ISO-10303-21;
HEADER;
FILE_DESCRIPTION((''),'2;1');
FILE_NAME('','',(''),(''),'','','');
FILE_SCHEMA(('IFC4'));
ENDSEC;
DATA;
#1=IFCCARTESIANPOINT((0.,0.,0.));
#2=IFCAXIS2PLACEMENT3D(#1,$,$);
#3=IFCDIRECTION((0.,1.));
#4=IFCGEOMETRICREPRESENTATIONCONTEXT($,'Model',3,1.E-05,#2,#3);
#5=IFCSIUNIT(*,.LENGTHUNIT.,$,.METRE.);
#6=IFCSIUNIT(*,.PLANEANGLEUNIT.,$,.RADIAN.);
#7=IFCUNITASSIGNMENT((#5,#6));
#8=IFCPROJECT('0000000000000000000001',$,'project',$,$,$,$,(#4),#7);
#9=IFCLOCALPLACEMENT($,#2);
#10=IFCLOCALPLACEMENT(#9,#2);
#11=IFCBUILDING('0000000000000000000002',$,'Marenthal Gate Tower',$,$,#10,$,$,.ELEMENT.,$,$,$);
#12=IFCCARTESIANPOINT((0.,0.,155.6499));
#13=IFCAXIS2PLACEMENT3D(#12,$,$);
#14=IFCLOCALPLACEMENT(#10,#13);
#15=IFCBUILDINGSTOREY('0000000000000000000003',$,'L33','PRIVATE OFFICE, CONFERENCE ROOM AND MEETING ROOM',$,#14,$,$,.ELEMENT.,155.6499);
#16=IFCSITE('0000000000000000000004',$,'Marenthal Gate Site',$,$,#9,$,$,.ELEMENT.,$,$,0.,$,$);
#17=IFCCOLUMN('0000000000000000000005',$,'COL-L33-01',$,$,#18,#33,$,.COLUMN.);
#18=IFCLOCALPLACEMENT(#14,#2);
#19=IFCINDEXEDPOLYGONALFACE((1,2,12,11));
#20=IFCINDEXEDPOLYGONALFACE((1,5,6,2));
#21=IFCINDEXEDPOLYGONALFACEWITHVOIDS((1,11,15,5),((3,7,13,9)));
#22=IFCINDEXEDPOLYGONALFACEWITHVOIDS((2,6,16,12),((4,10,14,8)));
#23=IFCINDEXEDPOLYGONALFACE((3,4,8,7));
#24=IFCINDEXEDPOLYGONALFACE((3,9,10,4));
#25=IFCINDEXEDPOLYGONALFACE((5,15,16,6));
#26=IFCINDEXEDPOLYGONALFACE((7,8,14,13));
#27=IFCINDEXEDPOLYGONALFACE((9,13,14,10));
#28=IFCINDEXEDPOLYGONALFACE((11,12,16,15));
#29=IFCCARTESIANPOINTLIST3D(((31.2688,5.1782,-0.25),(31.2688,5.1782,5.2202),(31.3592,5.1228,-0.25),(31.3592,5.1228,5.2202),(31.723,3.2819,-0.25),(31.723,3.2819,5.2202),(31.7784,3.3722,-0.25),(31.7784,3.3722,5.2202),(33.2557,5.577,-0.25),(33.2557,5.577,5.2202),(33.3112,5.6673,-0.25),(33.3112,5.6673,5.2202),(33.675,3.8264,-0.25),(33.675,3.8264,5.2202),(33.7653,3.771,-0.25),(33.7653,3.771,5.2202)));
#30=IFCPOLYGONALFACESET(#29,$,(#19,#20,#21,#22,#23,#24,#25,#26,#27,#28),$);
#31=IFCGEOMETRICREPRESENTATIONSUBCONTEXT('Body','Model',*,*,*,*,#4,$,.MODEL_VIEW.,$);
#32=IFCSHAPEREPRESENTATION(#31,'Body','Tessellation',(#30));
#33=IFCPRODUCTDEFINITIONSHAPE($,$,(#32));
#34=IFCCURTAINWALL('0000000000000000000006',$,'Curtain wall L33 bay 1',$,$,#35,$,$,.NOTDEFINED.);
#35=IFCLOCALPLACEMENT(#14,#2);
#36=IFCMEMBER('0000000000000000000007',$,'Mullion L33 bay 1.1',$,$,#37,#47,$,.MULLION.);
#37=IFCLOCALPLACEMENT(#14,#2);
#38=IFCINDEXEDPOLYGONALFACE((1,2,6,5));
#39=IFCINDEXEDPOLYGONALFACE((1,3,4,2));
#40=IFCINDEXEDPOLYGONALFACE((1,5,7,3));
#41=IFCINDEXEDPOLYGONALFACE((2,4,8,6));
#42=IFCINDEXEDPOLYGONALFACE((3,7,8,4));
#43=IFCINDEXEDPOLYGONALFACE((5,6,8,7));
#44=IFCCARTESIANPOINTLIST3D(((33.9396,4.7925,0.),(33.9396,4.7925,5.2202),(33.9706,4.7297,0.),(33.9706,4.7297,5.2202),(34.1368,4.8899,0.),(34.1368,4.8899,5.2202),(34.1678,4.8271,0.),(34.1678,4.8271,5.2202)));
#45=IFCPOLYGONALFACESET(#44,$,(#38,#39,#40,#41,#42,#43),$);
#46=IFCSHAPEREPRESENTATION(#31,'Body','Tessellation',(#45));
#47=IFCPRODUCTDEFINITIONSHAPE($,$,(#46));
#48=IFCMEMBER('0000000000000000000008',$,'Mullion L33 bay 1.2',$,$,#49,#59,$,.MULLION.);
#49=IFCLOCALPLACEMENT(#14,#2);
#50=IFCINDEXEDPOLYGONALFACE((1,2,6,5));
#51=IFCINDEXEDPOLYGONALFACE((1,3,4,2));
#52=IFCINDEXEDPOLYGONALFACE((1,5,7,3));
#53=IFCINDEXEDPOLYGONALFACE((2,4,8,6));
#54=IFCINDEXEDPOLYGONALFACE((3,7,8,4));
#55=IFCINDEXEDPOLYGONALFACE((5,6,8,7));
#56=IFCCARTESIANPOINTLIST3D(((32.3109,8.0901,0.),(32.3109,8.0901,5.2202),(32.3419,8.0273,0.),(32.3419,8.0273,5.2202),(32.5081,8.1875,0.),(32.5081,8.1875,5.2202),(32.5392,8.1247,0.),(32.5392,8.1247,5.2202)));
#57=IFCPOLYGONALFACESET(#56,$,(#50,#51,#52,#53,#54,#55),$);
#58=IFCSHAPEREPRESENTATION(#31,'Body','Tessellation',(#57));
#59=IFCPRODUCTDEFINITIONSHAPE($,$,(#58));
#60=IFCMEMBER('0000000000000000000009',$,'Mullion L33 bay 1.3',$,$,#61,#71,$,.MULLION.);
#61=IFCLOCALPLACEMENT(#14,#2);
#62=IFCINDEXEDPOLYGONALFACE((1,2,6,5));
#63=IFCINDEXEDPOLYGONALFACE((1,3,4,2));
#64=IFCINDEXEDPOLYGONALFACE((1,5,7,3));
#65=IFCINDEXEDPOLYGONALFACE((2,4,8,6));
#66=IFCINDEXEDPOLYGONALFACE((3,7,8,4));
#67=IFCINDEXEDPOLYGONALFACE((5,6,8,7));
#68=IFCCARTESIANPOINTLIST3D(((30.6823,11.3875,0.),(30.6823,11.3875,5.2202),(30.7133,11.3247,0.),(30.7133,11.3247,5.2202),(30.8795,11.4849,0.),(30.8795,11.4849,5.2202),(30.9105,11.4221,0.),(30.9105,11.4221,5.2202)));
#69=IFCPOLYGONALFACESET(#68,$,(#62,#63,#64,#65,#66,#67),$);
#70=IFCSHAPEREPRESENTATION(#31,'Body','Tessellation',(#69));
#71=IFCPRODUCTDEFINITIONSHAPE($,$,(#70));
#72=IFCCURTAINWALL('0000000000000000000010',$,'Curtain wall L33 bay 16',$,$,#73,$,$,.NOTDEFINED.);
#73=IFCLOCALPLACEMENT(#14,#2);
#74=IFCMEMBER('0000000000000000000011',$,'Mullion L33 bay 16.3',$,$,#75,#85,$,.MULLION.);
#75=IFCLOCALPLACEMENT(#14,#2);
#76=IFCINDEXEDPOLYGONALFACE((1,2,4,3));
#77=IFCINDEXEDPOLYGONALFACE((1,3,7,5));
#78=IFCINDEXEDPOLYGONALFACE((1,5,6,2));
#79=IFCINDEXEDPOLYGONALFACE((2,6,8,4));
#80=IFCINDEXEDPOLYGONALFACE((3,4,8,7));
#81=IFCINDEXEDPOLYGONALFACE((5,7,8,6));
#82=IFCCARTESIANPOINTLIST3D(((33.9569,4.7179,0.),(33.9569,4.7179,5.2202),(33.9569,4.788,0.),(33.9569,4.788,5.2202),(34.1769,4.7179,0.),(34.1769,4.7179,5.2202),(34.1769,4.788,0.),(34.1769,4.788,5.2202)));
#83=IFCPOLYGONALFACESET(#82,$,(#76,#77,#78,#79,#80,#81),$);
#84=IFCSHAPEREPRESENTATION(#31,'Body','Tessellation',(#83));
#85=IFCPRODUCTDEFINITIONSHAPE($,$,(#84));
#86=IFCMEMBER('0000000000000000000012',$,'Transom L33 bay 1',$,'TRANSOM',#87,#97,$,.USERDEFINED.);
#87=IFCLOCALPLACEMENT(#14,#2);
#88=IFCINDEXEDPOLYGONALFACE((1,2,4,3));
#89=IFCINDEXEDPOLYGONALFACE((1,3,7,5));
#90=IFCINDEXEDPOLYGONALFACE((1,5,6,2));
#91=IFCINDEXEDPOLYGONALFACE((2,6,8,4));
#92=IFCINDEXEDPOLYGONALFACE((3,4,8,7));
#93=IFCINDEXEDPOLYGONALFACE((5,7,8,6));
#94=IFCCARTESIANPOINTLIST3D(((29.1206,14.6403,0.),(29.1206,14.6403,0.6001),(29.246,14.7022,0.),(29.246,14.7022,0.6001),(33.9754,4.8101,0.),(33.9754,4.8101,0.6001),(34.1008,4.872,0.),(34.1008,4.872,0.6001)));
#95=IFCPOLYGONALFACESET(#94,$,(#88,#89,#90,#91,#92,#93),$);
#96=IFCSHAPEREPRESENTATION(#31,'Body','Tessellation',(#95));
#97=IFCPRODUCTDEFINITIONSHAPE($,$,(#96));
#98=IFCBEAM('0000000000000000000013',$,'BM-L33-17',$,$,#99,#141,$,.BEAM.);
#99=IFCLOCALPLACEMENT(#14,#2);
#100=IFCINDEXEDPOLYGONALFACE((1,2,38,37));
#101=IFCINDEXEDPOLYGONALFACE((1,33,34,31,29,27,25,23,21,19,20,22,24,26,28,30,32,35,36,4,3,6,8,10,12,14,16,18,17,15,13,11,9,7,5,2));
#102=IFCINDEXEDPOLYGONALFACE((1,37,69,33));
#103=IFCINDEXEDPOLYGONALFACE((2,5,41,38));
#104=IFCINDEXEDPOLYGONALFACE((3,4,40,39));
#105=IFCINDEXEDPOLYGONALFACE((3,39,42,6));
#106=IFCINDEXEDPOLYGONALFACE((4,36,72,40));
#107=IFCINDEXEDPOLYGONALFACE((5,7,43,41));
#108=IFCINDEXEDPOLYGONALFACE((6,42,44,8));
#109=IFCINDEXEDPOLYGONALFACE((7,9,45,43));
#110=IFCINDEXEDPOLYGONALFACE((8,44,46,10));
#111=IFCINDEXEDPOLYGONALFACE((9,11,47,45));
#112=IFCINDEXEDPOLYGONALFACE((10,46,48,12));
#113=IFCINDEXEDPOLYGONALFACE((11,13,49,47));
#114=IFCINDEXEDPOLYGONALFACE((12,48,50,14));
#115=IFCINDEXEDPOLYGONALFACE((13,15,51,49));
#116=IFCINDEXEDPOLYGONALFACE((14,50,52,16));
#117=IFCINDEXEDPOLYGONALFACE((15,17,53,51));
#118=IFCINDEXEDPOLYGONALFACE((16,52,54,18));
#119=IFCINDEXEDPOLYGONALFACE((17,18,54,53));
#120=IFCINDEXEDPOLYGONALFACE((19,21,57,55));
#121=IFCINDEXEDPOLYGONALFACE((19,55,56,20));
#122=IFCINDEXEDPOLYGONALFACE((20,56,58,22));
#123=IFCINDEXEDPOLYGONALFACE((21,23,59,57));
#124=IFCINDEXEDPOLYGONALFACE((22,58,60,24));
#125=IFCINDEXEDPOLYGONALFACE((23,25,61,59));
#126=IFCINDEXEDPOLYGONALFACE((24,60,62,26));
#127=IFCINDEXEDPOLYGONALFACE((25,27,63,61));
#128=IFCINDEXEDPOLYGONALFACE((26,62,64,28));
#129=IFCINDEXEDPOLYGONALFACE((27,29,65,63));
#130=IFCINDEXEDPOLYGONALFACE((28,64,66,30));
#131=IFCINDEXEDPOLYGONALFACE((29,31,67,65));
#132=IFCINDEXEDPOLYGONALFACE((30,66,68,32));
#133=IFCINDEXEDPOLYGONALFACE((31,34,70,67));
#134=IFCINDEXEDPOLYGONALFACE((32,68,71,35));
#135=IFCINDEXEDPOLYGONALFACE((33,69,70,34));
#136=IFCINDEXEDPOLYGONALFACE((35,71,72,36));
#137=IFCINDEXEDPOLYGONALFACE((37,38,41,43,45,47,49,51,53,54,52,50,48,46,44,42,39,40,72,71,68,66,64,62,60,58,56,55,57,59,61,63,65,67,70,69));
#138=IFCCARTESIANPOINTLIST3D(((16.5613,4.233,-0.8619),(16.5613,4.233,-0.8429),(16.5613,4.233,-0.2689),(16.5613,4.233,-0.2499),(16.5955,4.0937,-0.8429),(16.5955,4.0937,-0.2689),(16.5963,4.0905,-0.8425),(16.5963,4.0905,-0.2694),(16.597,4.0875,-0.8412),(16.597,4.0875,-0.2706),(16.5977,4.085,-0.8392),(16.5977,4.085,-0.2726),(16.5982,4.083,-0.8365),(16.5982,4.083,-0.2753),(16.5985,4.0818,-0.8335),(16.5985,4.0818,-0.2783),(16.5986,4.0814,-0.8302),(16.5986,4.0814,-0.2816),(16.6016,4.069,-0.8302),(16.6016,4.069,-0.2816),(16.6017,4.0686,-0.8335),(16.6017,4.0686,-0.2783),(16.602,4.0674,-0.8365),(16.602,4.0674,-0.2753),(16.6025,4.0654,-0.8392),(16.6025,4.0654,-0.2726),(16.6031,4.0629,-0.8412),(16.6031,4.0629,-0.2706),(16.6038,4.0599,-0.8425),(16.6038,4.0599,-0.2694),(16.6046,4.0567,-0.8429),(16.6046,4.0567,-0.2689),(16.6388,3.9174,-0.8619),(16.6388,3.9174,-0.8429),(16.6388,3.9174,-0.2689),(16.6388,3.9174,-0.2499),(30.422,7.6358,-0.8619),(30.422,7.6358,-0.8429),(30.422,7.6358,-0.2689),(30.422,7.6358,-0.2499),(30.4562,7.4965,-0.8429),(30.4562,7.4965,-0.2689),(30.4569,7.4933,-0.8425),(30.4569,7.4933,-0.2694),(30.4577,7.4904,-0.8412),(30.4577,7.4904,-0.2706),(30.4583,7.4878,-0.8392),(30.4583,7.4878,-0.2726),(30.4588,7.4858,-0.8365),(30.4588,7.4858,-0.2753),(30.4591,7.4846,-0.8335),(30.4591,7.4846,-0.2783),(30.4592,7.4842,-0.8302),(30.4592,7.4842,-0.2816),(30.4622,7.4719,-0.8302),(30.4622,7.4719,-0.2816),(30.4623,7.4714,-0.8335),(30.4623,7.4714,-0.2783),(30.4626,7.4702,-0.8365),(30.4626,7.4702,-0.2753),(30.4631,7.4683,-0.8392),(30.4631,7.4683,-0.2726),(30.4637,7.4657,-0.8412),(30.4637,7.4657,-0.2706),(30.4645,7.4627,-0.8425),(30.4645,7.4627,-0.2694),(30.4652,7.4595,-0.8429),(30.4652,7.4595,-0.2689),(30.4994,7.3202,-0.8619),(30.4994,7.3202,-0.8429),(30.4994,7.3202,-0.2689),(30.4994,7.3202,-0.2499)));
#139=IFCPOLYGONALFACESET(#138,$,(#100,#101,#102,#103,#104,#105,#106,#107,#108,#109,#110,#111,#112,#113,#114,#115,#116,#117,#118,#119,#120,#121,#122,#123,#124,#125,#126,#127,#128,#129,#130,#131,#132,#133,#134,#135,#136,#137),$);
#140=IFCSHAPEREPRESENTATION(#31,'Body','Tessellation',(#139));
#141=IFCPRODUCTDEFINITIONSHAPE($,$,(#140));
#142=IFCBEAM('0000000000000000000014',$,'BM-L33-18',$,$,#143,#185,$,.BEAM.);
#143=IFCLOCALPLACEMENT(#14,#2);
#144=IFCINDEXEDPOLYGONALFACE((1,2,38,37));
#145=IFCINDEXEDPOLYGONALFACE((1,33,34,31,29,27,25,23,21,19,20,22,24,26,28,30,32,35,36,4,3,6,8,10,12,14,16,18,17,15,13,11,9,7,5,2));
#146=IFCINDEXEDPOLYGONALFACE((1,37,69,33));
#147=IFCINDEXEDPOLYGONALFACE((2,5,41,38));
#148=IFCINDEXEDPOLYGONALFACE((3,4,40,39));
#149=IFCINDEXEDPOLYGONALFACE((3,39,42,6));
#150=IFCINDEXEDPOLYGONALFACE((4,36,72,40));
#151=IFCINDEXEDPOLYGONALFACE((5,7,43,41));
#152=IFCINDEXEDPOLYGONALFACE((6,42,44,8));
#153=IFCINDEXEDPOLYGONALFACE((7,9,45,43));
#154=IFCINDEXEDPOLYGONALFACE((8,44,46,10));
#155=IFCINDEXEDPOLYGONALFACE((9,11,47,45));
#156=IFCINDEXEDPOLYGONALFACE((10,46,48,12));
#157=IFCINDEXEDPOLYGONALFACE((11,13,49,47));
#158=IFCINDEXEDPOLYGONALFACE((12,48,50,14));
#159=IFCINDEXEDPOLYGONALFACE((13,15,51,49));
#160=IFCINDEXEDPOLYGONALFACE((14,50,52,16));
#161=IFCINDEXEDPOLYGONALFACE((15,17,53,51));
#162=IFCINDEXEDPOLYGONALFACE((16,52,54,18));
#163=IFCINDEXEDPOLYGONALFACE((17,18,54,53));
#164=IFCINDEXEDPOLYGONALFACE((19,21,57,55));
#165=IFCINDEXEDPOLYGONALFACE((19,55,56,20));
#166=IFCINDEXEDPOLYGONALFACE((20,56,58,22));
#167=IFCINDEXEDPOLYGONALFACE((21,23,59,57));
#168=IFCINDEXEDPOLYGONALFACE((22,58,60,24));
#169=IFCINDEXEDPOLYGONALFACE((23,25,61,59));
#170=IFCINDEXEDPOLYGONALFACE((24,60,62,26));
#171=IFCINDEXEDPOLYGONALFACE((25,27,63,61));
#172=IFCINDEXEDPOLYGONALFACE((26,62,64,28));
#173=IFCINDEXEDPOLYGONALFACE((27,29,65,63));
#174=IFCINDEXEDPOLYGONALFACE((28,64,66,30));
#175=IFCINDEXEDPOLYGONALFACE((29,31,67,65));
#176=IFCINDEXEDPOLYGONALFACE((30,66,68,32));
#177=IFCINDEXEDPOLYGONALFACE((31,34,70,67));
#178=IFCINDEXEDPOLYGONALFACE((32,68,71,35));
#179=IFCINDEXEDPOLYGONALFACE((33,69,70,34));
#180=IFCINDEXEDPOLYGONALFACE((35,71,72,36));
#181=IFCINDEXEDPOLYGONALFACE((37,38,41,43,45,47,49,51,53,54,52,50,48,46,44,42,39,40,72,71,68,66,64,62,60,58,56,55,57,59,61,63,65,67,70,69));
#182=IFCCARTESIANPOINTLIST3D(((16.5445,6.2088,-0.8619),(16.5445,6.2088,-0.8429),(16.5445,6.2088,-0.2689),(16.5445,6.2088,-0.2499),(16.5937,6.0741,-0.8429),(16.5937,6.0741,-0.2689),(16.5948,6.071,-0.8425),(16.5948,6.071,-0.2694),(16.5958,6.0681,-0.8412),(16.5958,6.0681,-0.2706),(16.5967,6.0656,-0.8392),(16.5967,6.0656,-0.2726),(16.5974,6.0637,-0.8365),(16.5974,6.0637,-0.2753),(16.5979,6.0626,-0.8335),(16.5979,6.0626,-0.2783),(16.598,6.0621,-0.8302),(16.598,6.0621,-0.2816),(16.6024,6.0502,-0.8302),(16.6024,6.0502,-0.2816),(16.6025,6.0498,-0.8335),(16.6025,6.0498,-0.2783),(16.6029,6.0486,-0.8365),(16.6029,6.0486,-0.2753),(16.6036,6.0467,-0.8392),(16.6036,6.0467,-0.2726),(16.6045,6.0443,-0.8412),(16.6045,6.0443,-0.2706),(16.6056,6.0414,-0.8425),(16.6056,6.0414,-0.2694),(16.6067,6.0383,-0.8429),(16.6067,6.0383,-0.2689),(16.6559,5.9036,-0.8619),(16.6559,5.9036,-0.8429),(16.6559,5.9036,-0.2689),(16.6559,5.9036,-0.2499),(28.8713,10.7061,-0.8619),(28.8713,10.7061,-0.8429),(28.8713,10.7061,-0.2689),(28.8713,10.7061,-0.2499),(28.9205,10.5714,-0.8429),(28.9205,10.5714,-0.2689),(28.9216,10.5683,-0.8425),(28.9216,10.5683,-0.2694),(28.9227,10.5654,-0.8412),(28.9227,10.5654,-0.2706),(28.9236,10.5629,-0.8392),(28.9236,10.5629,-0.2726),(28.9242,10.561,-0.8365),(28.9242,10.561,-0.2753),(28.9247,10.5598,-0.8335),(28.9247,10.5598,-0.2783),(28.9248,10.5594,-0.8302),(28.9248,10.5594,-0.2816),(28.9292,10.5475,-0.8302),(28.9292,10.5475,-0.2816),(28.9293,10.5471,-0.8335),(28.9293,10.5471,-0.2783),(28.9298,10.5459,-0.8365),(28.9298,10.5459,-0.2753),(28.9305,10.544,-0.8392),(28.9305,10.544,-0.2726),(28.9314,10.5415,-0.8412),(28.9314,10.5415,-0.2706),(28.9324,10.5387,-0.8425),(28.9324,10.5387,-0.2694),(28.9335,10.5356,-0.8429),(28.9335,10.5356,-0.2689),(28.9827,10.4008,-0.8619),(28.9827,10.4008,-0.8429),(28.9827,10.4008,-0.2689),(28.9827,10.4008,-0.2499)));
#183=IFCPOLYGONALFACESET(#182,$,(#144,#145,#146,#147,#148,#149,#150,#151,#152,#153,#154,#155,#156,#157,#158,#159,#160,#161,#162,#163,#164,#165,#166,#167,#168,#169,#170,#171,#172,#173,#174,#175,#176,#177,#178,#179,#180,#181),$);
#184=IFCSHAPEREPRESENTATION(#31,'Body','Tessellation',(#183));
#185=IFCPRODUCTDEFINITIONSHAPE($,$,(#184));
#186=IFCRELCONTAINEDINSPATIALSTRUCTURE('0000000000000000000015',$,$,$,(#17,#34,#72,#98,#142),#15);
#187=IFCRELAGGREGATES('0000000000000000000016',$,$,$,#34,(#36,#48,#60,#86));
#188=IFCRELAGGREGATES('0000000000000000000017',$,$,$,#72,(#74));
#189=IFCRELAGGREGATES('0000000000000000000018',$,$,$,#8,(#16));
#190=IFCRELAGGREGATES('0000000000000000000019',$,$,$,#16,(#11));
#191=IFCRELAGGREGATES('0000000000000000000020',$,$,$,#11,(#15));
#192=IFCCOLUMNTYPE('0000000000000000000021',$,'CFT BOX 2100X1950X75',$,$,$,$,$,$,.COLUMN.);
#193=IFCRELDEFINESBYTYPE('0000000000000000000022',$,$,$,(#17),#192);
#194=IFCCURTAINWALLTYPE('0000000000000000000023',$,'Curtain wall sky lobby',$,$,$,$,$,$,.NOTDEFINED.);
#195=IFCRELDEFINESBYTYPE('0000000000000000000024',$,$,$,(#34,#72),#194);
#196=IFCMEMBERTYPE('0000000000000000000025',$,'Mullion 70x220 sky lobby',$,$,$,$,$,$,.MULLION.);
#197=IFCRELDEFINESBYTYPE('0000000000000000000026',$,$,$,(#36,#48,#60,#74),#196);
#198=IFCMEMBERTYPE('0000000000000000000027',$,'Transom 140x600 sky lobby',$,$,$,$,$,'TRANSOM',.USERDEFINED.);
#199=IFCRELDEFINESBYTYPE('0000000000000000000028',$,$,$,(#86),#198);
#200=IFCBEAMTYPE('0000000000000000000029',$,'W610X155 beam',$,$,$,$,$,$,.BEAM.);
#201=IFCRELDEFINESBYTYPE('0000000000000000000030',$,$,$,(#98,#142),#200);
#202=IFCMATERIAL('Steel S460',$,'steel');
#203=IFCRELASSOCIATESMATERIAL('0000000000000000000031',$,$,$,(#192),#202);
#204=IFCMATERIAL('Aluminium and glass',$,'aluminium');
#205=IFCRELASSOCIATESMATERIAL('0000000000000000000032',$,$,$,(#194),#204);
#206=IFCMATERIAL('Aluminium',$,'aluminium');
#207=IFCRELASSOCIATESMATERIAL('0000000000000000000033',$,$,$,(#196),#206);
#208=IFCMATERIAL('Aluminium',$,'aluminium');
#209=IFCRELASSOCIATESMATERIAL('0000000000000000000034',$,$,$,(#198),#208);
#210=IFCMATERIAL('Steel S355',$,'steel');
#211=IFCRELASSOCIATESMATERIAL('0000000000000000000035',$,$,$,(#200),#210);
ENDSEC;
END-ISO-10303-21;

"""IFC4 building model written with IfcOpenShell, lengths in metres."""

from ifc_helpers import new_model, si_unit, direction, frame, origin, origin_2d, place, context, subcontext, project, spatial, rectangle, hollow_rectangle, i_section, extrude, material, material_profile, profile_set, type_object, element, aggregate, save


model = new_model("IFC4")

# Units and contexts
model_context = context("Model", 3, precision=1e-05, world=origin(), true_north=direction((0.0, 1.0)))
body_context = subcontext(model_context, "Body", "Model", "MODEL_VIEW")
ifc_project = project(units=[si_unit("LENGTHUNIT", "METRE"), si_unit("PLANEANGLEUNIT", "RADIAN")], contexts=[model_context])

# Site, building, storey
site_placement = place(None, origin())
site = spatial("IfcSite", under=ifc_project, at=site_placement, Name="Marenthal Gate Site", CompositionType="ELEMENT", RefElevation=0.0)
building_placement = place(site_placement, origin())
building = spatial("IfcBuilding", under=site, at=building_placement, Name="Marenthal Gate Tower", CompositionType="ELEMENT")
storey_placement = place(building_placement, frame((0.0, 0.0, 155.6499)))
storey = spatial("IfcBuildingStorey", under=building, at=storey_placement, Name="L33", Description="PRIVATE OFFICE, CONFERENCE ROOM AND MEETING ROOM", CompositionType="ELEMENT", Elevation=155.6499)

# Column
ifc_material_1 = material(Name="Steel S460", Category="steel")
ifc_material_profile_1 = material_profile(ifc_material_1, hollow_rectangle(XDim=1.95, YDim=2.1001, WallThickness=0.075, at=origin_2d()), Name="CFT BOX 2100X1950X75")
ifc_material_2 = material(Name="Concrete 70 MPa", Category="concrete")
ifc_material_profile_2 = material_profile(ifc_material_2, rectangle(XDim=1.8, YDim=1.95, at=origin_2d()), Name="CFT BOX 2100X1950X75 INFILL")
ifc_profile_set_1 = profile_set([ifc_material_profile_1, ifc_material_profile_2], Name="Steel S460 shell, Concrete 70 MPa infill")
column_type = type_object("IfcColumnType", Name="CFT BOX 2100X1950X75", PredefinedType="COLUMN", material=ifc_profile_set_1)
column_placement = place(storey_placement, frame((32.5171, 4.4746, -0.25), z_axis=(0.0, 0.0, 1.0), x_axis=(0.232909, -0.972499, 0.0)))
element("IfcColumn", 1, at=column_placement, inside=storey, type_object=column_type, Name="COL-L33-01", PredefinedType="COLUMN", context=body_context, shape_type="SweptSolid", body=[
    extrude(hollow_rectangle(XDim=1.95, YDim=2.1001, WallThickness=0.075, at=origin_2d()), origin(), (0.0, 0.0, 1.0), 5.4702),
])

# Curtain wall, members
ifc_material_3 = material(Name="Aluminium and glass", Category="aluminium")
curtain_wall_type = type_object("IfcCurtainWallType", Name="Curtain wall sky lobby", PredefinedType="NOTDEFINED", material=ifc_material_3)
curtain_wall_1_placement = place(storey_placement, origin())
curtain_wall_1 = element("IfcCurtainWall", 2, at=curtain_wall_1_placement, inside=storey, type_object=curtain_wall_type, Name="Curtain wall L33 bay 1", PredefinedType="NOTDEFINED")
ifc_material_4 = material(Name="Aluminium", Category="aluminium")
ifc_material_profile_3 = material_profile(ifc_material_4, rectangle(XDim=0.22, YDim=0.0701, at=origin_2d()), Name="70x220 aluminium mullion")
ifc_profile_set_2 = profile_set([ifc_material_profile_3], Name="Aluminium")
member_type_1 = type_object("IfcMemberType", Name="Mullion 70x220 sky lobby", PredefinedType="MULLION", material=ifc_profile_set_2)
member_1_placement = place(storey_placement, frame((34.0537, 4.8098, 0.0), z_axis=(0.0, 0.0, 1.0), x_axis=(-0.896609, -0.442824, 0.0)))
member_1 = element("IfcMember", 3, at=member_1_placement, type_object=member_type_1, Name="Mullion L33 bay 1.1", PredefinedType="MULLION", context=body_context, shape_type="SweptSolid", body=[
    extrude(rectangle(XDim=0.22, YDim=0.0701, at=origin_2d()), origin(), (0.0, 0.0, 1.0), 5.2202),
])
member_2_placement = place(storey_placement, frame((32.425, 8.1074, 0.0), z_axis=(0.0, 0.0, 1.0), x_axis=(-0.896609, -0.442824, 0.0)))
member_2 = element("IfcMember", 4, at=member_2_placement, type_object=member_type_1, Name="Mullion L33 bay 1.2", PredefinedType="MULLION", context=body_context, shape_type="SweptSolid", body=[
    extrude(rectangle(XDim=0.22, YDim=0.0701, at=origin_2d()), origin(), (0.0, 0.0, 1.0), 5.2202),
])
member_3_placement = place(storey_placement, frame((30.7964, 11.4048, 0.0), z_axis=(0.0, 0.0, 1.0), x_axis=(-0.896609, -0.442824, 0.0)))
member_3 = element("IfcMember", 5, at=member_3_placement, type_object=member_type_1, Name="Mullion L33 bay 1.3", PredefinedType="MULLION", context=body_context, shape_type="SweptSolid", body=[
    extrude(rectangle(XDim=0.22, YDim=0.0701, at=origin_2d()), origin(), (0.0, 0.0, 1.0), 5.2202),
])

# Curtain wall, member
curtain_wall_2_placement = place(storey_placement, origin())
curtain_wall_2 = element("IfcCurtainWall", 6, at=curtain_wall_2_placement, inside=storey, type_object=curtain_wall_type, Name="Curtain wall L33 bay 16", PredefinedType="NOTDEFINED")
member_4_placement = place(storey_placement, frame((34.0669, 4.7529, 0.0), z_axis=(0.0, 0.0, 1.0), x_axis=(-1.0, 0.0, 0.0)))
member_4 = element("IfcMember", 7, at=member_4_placement, type_object=member_type_1, Name="Mullion L33 bay 16.3", PredefinedType="MULLION", context=body_context, shape_type="SweptSolid", body=[
    extrude(rectangle(XDim=0.22, YDim=0.0701, at=origin_2d()), origin(), (0.0, 0.0, 1.0), 5.2202),
])

# Member
ifc_material_5 = material(Name="Aluminium", Category="aluminium")
ifc_material_profile_4 = material_profile(ifc_material_5, rectangle(XDim=0.1399, YDim=0.6001, at=origin_2d()), Name="140x600 aluminium transom")
ifc_profile_set_3 = profile_set([ifc_material_profile_4], Name="Aluminium")
member_type_2 = type_object("IfcMemberType", Name="Transom 140x600 sky lobby", ElementType="TRANSOM", PredefinedType="USERDEFINED", material=ifc_profile_set_3)
member_5_placement = place(storey_placement, frame((34.0381, 4.8411, 0.3), z_axis=(-0.442808, 0.896616, 0.0), x_axis=(-0.896616, -0.442808, 0.0)))
member_5 = element("IfcMember", 8, at=member_5_placement, type_object=member_type_2, Name="Transom L33 bay 1", ObjectType="TRANSOM", PredefinedType="USERDEFINED", context=body_context, shape_type="SweptSolid", body=[
    extrude(rectangle(XDim=0.1399, YDim=0.6001, at=origin_2d()), origin(), (0.0, 0.0, 1.0), 10.9636),
])

# Beams
ifc_material_6 = material(Name="Steel S355", Category="steel")
ifc_material_profile_5 = material_profile(ifc_material_6, i_section(OverallWidth=0.325, OverallDepth=0.6121, WebThickness=0.0127, FlangeThickness=0.019, FilletRadius=0.0127, at=origin_2d()), Name="W610X155")
ifc_profile_set_4 = profile_set([ifc_material_profile_5], Name="Steel S355")
beam_type_1 = type_object("IfcBeamType", Name="W610X155 beam", PredefinedType="BEAM", material=ifc_profile_set_4)
beam_1_placement = place(storey_placement, frame((30.4607, 7.478, -0.5559), z_axis=(-0.971161, -0.238424, 0.0), x_axis=(0.238424, -0.971161, 0.0)))
element("IfcBeam", 9, at=beam_1_placement, inside=storey, type_object=beam_type_1, Name="BM-L33-17", PredefinedType="BEAM", context=body_context, shape_type="SweptSolid", body=[
    extrude(i_section(OverallWidth=0.325, OverallDepth=0.6121, WebThickness=0.0127, FlangeThickness=0.019, FilletRadius=0.0127, at=origin_2d()), origin(), (0.0, 0.0, 1.0), 14.2722),
])
beam_2_placement = place(storey_placement, frame((28.927, 10.5535, -0.5559), z_axis=(-0.939431, -0.342739, 0.0), x_axis=(0.342739, -0.939431, 0.0)))
element("IfcBeam", 10, at=beam_2_placement, inside=storey, type_object=beam_type_1, Name="BM-L33-18", PredefinedType="BEAM", context=body_context, shape_type="SweptSolid", body=[
    extrude(i_section(OverallWidth=0.325, OverallDepth=0.6121, WebThickness=0.0127, FlangeThickness=0.019, FilletRadius=0.0127, at=origin_2d()), origin(), (0.0, 0.0, 1.0), 13.1216),
])

aggregate(curtain_wall_1, [member_1, member_2, member_3, member_5])
aggregate(curtain_wall_2, [member_4])

save(model, "model.ifc")
